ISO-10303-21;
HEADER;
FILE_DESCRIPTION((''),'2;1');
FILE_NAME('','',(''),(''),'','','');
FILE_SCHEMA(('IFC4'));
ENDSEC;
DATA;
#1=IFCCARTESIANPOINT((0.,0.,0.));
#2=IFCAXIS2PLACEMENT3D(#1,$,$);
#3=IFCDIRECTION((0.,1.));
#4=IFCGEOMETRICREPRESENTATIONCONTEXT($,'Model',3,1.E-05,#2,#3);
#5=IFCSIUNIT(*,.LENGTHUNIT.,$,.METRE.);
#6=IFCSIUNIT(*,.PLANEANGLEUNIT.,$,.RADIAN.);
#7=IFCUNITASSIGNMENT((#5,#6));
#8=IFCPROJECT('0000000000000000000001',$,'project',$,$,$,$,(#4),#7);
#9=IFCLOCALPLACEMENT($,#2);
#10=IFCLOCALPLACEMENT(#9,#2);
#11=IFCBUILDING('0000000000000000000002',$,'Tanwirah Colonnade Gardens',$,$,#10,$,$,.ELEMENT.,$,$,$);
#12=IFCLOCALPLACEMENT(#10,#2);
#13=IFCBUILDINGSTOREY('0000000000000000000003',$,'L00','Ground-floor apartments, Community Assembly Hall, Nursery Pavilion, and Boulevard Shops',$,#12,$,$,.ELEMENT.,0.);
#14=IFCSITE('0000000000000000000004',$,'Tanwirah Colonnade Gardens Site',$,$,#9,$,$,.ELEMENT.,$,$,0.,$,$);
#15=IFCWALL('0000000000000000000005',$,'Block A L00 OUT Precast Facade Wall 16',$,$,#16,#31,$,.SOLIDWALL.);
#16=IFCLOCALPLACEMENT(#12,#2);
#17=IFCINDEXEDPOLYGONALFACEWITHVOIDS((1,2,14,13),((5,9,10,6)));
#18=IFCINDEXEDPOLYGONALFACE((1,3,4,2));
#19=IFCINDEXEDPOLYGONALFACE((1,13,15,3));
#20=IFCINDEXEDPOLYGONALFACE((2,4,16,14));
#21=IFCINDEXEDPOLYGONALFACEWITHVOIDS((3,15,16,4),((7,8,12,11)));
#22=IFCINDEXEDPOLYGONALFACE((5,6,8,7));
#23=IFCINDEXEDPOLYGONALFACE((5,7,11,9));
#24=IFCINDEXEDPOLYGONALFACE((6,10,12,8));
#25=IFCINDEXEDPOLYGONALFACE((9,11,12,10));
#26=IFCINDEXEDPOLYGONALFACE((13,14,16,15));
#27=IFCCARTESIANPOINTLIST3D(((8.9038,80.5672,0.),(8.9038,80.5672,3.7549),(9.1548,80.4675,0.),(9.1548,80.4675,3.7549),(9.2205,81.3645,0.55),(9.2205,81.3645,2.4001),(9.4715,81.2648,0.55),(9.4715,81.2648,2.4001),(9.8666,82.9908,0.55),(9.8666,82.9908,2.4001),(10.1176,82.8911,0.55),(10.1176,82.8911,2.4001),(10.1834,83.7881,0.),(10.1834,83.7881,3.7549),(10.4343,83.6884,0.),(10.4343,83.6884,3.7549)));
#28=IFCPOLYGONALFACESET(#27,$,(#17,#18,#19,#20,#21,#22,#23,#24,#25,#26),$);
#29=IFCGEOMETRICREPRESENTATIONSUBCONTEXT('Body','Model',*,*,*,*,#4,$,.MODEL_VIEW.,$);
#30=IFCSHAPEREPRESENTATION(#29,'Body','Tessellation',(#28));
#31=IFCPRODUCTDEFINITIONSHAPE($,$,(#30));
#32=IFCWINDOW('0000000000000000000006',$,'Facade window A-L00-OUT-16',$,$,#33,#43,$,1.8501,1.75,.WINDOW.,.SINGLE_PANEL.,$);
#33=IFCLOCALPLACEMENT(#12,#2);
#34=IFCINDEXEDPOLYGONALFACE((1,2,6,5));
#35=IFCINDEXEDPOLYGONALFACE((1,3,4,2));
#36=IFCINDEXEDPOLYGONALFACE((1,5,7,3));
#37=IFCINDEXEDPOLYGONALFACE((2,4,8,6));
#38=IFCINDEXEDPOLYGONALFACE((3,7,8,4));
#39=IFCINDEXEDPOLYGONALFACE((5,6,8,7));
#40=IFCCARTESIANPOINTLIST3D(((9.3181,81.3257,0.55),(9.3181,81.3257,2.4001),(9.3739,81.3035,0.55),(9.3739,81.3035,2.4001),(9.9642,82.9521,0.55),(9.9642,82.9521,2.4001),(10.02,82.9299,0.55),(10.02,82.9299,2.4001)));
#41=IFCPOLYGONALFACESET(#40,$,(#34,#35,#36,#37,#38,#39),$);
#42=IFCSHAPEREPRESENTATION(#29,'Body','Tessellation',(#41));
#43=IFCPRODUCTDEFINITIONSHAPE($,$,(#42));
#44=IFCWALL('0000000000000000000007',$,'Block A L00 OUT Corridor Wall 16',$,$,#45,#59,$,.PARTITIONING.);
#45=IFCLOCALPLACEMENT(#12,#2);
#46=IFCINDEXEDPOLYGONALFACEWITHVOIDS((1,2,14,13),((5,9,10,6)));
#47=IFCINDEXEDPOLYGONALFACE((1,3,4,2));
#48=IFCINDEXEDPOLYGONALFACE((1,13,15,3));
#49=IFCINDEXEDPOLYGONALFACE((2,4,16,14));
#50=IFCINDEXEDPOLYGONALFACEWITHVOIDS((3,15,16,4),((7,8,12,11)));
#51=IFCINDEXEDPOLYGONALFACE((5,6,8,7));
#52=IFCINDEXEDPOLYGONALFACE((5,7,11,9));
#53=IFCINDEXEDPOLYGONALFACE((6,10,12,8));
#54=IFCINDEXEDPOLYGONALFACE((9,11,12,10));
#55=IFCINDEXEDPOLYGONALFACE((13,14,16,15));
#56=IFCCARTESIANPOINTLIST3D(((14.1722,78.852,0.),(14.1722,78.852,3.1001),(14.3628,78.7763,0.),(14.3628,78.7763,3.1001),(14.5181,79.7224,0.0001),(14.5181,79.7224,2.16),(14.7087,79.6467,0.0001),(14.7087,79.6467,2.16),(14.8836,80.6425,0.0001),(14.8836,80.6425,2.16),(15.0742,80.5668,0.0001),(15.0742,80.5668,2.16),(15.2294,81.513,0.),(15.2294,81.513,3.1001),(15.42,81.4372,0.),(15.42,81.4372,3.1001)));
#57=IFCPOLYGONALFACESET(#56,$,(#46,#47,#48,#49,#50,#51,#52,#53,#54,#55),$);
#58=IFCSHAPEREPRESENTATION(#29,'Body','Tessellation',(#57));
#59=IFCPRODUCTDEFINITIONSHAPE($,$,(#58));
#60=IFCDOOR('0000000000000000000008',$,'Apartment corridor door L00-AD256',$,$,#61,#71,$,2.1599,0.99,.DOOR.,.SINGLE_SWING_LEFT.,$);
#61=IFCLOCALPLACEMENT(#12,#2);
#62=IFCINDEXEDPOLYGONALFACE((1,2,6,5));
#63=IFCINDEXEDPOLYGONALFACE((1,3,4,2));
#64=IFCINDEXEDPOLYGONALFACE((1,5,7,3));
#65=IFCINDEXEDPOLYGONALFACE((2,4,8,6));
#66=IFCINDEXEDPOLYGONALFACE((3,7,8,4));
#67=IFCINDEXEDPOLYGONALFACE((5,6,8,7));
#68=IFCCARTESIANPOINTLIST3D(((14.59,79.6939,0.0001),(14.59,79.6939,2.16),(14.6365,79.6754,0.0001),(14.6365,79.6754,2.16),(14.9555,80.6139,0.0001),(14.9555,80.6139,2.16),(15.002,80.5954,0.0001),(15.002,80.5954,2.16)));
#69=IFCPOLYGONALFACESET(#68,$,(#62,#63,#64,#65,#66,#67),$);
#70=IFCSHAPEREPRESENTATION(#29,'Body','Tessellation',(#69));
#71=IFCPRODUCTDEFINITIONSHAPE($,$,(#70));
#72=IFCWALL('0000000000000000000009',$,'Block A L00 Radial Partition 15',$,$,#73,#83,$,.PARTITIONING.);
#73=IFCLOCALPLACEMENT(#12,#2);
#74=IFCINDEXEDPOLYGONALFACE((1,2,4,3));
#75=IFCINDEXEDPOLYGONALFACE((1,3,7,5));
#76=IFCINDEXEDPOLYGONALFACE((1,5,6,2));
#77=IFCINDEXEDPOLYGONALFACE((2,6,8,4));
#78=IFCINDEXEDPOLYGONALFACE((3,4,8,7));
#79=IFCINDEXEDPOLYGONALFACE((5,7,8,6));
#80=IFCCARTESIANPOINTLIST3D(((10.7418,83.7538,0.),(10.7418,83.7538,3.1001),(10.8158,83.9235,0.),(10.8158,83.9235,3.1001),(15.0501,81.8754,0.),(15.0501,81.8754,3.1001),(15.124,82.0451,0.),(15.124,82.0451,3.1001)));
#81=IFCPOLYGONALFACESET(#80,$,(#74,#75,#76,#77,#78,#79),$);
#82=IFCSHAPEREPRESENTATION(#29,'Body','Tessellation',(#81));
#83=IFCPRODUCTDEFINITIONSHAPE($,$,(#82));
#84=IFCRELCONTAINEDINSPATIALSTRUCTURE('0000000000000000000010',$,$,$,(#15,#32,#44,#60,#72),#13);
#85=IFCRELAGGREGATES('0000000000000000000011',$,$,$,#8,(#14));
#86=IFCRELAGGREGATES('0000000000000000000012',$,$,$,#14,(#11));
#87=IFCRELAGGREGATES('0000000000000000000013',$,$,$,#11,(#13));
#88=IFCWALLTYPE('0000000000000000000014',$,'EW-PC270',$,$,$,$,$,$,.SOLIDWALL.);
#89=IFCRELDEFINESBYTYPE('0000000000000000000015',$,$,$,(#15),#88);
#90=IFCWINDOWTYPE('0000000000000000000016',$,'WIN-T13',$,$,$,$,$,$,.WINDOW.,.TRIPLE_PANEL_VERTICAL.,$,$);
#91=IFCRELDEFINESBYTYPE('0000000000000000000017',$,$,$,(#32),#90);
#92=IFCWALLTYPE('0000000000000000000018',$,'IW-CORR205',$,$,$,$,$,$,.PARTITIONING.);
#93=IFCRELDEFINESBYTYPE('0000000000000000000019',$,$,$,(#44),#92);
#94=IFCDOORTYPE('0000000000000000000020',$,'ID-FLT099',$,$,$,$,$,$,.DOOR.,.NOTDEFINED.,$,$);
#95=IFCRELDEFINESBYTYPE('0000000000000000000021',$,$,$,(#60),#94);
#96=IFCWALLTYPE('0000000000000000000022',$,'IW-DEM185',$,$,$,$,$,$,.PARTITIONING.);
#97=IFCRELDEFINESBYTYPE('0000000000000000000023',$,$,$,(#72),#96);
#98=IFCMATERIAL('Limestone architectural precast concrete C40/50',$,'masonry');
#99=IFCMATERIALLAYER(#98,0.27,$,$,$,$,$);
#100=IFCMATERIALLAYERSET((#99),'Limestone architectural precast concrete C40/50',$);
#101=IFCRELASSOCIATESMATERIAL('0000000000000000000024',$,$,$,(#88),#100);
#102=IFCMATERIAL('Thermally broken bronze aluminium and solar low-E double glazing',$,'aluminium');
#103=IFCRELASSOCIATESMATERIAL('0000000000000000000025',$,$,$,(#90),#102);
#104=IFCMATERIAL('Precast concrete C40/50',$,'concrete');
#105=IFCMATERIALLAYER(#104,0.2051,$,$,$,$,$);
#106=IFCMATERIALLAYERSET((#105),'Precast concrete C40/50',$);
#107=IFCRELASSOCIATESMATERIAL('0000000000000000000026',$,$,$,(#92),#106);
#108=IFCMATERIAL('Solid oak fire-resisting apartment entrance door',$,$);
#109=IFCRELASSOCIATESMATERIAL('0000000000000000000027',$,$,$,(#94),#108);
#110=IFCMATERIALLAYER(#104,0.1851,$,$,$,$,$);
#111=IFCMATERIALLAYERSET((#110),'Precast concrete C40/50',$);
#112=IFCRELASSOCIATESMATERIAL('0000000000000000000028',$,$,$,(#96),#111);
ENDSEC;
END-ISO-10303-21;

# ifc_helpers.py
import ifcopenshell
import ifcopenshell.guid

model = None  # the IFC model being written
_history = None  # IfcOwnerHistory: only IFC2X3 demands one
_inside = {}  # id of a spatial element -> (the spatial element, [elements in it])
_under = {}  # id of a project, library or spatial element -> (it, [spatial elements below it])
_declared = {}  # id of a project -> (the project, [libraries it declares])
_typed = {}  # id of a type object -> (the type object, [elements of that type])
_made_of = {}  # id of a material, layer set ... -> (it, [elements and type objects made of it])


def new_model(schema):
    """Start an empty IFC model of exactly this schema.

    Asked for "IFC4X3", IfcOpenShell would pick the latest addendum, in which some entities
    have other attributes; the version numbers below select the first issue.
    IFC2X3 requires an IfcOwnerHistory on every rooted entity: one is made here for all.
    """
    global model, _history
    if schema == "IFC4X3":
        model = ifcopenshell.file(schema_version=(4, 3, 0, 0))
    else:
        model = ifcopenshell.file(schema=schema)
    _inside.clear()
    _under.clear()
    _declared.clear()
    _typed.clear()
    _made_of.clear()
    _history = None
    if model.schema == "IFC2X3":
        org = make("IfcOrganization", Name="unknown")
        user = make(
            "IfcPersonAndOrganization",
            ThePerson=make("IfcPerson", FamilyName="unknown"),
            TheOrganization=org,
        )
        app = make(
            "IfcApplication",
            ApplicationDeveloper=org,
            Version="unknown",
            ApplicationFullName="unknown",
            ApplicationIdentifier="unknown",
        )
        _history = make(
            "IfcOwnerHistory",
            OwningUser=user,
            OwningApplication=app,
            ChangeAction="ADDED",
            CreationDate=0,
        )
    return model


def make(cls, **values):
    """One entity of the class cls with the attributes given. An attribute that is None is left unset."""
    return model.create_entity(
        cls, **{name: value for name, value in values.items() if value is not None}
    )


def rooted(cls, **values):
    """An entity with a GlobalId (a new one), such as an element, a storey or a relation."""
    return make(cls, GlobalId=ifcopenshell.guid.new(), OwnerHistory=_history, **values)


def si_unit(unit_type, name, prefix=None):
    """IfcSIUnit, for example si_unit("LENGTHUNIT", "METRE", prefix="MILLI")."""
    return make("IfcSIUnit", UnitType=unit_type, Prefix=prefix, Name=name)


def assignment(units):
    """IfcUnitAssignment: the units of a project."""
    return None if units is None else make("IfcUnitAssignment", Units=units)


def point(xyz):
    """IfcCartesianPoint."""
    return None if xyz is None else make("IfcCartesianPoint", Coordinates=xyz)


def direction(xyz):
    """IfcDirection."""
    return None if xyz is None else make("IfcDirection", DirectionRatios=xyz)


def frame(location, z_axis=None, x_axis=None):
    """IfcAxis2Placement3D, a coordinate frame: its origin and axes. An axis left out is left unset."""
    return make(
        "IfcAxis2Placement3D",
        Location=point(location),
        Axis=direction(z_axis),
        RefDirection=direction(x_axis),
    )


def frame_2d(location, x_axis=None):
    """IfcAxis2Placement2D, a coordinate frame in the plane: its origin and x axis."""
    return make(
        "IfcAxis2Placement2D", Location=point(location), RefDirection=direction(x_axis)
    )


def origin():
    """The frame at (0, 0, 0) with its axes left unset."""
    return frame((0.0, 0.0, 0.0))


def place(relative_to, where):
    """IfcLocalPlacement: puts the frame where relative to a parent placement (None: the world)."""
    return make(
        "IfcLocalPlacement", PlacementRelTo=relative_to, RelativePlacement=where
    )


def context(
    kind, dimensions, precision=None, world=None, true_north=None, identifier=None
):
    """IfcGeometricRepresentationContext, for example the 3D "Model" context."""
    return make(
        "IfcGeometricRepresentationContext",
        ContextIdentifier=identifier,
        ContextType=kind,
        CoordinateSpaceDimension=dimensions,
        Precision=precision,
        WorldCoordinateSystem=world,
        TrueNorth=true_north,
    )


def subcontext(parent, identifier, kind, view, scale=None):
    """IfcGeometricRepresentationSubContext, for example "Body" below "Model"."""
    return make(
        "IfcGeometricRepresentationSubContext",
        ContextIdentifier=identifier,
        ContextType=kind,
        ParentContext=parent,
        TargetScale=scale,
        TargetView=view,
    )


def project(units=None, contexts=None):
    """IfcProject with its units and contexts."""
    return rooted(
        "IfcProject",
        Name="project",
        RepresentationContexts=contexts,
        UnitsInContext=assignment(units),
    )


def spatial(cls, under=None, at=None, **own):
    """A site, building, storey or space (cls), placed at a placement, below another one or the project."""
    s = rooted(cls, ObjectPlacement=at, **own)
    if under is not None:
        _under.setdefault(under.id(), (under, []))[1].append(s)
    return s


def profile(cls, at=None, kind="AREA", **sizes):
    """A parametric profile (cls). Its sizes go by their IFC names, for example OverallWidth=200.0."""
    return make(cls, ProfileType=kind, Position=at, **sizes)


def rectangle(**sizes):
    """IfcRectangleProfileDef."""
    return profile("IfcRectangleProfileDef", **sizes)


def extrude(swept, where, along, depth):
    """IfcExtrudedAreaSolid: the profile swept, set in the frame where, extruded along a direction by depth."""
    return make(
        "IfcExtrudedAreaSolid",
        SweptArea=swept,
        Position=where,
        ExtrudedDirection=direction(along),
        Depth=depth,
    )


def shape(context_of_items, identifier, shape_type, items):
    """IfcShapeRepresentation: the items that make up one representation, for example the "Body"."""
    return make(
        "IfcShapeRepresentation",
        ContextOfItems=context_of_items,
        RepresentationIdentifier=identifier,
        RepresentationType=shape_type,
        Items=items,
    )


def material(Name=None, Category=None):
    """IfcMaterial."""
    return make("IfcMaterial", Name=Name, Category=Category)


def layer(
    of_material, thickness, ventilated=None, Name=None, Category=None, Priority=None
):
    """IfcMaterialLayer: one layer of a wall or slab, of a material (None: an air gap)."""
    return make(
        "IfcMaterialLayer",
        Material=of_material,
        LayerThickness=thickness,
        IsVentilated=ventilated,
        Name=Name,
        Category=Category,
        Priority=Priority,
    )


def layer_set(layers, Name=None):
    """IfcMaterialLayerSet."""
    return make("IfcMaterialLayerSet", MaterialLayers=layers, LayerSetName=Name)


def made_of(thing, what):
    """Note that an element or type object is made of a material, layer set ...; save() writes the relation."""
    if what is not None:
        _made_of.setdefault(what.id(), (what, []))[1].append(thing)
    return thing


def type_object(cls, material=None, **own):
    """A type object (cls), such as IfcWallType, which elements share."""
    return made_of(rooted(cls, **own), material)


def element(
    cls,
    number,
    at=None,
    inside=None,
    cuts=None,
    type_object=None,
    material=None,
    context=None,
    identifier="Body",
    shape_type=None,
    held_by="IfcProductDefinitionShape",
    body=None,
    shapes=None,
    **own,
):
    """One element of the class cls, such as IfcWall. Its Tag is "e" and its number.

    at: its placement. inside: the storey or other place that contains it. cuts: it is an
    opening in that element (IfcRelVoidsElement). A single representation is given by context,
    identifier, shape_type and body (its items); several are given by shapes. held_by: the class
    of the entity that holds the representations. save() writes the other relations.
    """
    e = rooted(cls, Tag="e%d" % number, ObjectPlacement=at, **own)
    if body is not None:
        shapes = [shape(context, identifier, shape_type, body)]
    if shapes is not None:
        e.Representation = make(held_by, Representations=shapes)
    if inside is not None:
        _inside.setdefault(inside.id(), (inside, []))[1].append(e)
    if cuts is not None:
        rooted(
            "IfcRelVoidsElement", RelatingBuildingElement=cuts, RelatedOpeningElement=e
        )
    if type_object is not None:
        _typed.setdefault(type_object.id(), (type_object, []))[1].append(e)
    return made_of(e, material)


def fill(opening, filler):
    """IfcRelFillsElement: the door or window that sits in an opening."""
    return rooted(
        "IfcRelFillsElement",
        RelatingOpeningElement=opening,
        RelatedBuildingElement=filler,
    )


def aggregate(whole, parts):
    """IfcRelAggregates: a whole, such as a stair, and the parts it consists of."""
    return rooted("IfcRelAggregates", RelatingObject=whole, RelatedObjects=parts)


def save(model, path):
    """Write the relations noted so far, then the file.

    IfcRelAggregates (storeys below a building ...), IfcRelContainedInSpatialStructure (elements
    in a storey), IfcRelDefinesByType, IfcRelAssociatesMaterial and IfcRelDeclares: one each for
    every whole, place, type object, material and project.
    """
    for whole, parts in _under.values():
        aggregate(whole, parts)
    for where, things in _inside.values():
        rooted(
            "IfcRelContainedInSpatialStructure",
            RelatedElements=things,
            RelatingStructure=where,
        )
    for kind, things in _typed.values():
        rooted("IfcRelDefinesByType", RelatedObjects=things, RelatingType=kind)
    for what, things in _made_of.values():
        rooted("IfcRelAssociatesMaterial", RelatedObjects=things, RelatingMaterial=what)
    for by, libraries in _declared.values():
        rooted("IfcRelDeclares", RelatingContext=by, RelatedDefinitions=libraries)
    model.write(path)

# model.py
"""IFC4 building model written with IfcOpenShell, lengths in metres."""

from ifc_helpers import new_model, si_unit, direction, frame, frame_2d, origin, place, context, subcontext, project, spatial, rectangle, extrude, material, layer, layer_set, type_object, element, fill, save


model = new_model("IFC4")

# Units and contexts
model_context = context("Model", 3, precision=1e-05, world=origin(), true_north=direction((0.0, 1.0)))
body_context = subcontext(model_context, "Body", "Model", "MODEL_VIEW")
ifc_project = project(units=[si_unit("LENGTHUNIT", "METRE"), si_unit("PLANEANGLEUNIT", "RADIAN")], contexts=[model_context])

# Site, building, storey
site_placement = place(None, origin())
site = spatial("IfcSite", under=ifc_project, at=site_placement, Name="Tanwirah Colonnade Gardens Site", CompositionType="ELEMENT", RefElevation=0.0)
building_placement = place(site_placement, origin())
building = spatial("IfcBuilding", under=site, at=building_placement, Name="Tanwirah Colonnade Gardens", CompositionType="ELEMENT")
storey_placement = place(building_placement, origin())
storey = spatial("IfcBuildingStorey", under=building, at=storey_placement, Name="L00", Description="Ground-floor apartments, Community Assembly Hall, Nursery Pavilion, and Boulevard Shops", CompositionType="ELEMENT", Elevation=0.0)

# Shared definitions
ifc_material_1 = material(Name="Precast concrete C40/50", Category="concrete")

# Wall, opening, window
ifc_material_2 = material(Name="Limestone architectural precast concrete C40/50", Category="masonry")
ifc_layer_1 = layer(ifc_material_2, 0.27)
ifc_layer_set_1 = layer_set([ifc_layer_1], Name="Limestone architectural precast concrete C40/50")
wall_type_1 = type_object("IfcWallType", Name="EW-PC270", PredefinedType="SOLIDWALL", material=ifc_layer_set_1)
wall_1_placement = place(storey_placement, frame((10.3088, 83.7383, 0.0), z_axis=(0.0, 0.0, 1.0), x_axis=(-0.369191, -0.929353, 0.0)))
wall_1 = element("IfcWall", 1, at=wall_1_placement, inside=storey, type_object=wall_type_1, Name="Block A L00 OUT Precast Facade Wall 16", PredefinedType="SOLIDWALL", context=body_context, shape_type="SweptSolid", body=[
    extrude(rectangle(XDim=3.4658, YDim=0.27, at=frame_2d((1.7329, 0.0))), origin(), (0.0, 0.0, 1.0), 3.7549),
])
opening_1_placement = place(wall_1_placement, frame((0.8579, 0.0, 0.55)))
opening_1 = element("IfcOpeningElement", 2, at=opening_1_placement, cuts=wall_1, PredefinedType="OPENING", context=body_context, shape_type="SweptSolid", body=[
    extrude(rectangle(XDim=1.75, YDim=1.8501, at=frame_2d((0.875, 0.925))), frame((0.0, 0.145, 0.0), z_axis=(0.0, -1.0, 0.0), x_axis=(1.0, 0.0, 0.0)), (0.0, 0.0, 1.0), 0.29),
])
ifc_material_3 = material(Name="Thermally broken bronze aluminium and solar low-E double glazing", Category="aluminium")
window_type = type_object("IfcWindowType", Name="WIN-T13", PartitioningType="TRIPLE_PANEL_VERTICAL", PredefinedType="WINDOW", material=ifc_material_3)
window_placement = place(opening_1_placement, origin())
window = element("IfcWindow", 3, at=window_placement, inside=storey, type_object=window_type, Name="Facade window A-L00-OUT-16", OverallHeight=1.8501, OverallWidth=1.75, PartitioningType="SINGLE_PANEL", PredefinedType="WINDOW", context=body_context, shape_type="SweptSolid", body=[
    extrude(rectangle(XDim=1.75, YDim=1.8501, at=frame_2d((0.875, 0.925))), frame((0.0, 0.03, 0.0), z_axis=(0.0, -1.0, 0.0), x_axis=(1.0, 0.0, 0.0)), (0.0, 0.0, 1.0), 0.0601),
])
fill(opening_1, window)

# Wall, opening, door
ifc_layer_2 = layer(ifc_material_1, 0.2051)
ifc_layer_set_2 = layer_set([ifc_layer_2], Name="Precast concrete C40/50")
wall_type_2 = type_object("IfcWallType", Name="IW-CORR205", PredefinedType="PARTITIONING", material=ifc_layer_set_2)
ifc_material_4 = material(Name="Solid oak fire-resisting apartment entrance door")
wall_2_placement = place(storey_placement, frame((15.3247, 81.4751, 0.0), z_axis=(0.0, 0.0, 1.0), x_axis=(-0.369214, -0.929344, 0.0)))
wall_2 = element("IfcWall", 4, at=wall_2_placement, inside=storey, type_object=wall_type_2, Name="Block A L00 OUT Corridor Wall 16", PredefinedType="PARTITIONING", context=body_context, shape_type="SweptSolid", body=[
    extrude(rectangle(XDim=2.8633, YDim=0.2051, at=frame_2d((1.4316, 0.0))), origin(), (0.0, 0.0, 1.0), 3.1001),
])
opening_2_placement = place(wall_2_placement, frame((0.9365, 0.0, 0.0)))
opening_2 = element("IfcOpeningElement", 5, at=opening_2_placement, cuts=wall_2, PredefinedType="OPENING", context=body_context, shape_type="SweptSolid", body=[
    extrude(rectangle(XDim=0.99, YDim=2.1599, at=frame_2d((0.4951, 1.0801))), frame((0.0, 0.1125, 0.0), z_axis=(0.0, -1.0, 0.0), x_axis=(1.0, 0.0, 0.0)), (0.0, 0.0, 1.0), 0.2251),
])
door_type_1 = type_object("IfcDoorType", Name="ID-FLT099", OperationType="NOTDEFINED", PredefinedType="DOOR", material=ifc_material_4)
door_1_placement = place(opening_2_placement, origin())
door_1 = element("IfcDoor", 6, at=door_1_placement, inside=storey, type_object=door_type_1, Name="Apartment corridor door L00-AD256", OperationType="SINGLE_SWING_LEFT", OverallHeight=2.1599, OverallWidth=0.99, PredefinedType="DOOR", context=body_context, shape_type="SweptSolid", body=[
    extrude(rectangle(XDim=0.99, YDim=2.1599, at=frame_2d((0.4951, 1.0801))), frame((0.0, 0.0249, 0.0), z_axis=(0.0, -1.0, 0.0), x_axis=(1.0, 0.0, 0.0)), (0.0, 0.0, 1.0), 0.05),
])
fill(opening_2, door_1)

# Wall
ifc_layer_3 = layer(ifc_material_1, 0.1851)
ifc_layer_set_3 = layer_set([ifc_layer_3], Name="Precast concrete C40/50")
wall_type_3 = type_object("IfcWallType", Name="IW-DEM185", PredefinedType="PARTITIONING", material=ifc_layer_set_3)
wall_3_placement = place(storey_placement, frame((15.0872, 81.9602, 0.0), z_axis=(0.0, 0.0, 1.0), x_axis=(-0.916663, 0.39966, 0.0)))
element("IfcWall", 7, at=wall_3_placement, inside=storey, type_object=wall_type_3, Name="Block A L00 Radial Partition 15", PredefinedType="PARTITIONING", context=body_context, shape_type="SweptSolid", body=[
    extrude(rectangle(XDim=4.7, YDim=0.1851, at=frame_2d((2.3501, 0.0))), origin(), (0.0, 0.0, 1.0), 3.1001),
])

save(model, "model.ifc")
